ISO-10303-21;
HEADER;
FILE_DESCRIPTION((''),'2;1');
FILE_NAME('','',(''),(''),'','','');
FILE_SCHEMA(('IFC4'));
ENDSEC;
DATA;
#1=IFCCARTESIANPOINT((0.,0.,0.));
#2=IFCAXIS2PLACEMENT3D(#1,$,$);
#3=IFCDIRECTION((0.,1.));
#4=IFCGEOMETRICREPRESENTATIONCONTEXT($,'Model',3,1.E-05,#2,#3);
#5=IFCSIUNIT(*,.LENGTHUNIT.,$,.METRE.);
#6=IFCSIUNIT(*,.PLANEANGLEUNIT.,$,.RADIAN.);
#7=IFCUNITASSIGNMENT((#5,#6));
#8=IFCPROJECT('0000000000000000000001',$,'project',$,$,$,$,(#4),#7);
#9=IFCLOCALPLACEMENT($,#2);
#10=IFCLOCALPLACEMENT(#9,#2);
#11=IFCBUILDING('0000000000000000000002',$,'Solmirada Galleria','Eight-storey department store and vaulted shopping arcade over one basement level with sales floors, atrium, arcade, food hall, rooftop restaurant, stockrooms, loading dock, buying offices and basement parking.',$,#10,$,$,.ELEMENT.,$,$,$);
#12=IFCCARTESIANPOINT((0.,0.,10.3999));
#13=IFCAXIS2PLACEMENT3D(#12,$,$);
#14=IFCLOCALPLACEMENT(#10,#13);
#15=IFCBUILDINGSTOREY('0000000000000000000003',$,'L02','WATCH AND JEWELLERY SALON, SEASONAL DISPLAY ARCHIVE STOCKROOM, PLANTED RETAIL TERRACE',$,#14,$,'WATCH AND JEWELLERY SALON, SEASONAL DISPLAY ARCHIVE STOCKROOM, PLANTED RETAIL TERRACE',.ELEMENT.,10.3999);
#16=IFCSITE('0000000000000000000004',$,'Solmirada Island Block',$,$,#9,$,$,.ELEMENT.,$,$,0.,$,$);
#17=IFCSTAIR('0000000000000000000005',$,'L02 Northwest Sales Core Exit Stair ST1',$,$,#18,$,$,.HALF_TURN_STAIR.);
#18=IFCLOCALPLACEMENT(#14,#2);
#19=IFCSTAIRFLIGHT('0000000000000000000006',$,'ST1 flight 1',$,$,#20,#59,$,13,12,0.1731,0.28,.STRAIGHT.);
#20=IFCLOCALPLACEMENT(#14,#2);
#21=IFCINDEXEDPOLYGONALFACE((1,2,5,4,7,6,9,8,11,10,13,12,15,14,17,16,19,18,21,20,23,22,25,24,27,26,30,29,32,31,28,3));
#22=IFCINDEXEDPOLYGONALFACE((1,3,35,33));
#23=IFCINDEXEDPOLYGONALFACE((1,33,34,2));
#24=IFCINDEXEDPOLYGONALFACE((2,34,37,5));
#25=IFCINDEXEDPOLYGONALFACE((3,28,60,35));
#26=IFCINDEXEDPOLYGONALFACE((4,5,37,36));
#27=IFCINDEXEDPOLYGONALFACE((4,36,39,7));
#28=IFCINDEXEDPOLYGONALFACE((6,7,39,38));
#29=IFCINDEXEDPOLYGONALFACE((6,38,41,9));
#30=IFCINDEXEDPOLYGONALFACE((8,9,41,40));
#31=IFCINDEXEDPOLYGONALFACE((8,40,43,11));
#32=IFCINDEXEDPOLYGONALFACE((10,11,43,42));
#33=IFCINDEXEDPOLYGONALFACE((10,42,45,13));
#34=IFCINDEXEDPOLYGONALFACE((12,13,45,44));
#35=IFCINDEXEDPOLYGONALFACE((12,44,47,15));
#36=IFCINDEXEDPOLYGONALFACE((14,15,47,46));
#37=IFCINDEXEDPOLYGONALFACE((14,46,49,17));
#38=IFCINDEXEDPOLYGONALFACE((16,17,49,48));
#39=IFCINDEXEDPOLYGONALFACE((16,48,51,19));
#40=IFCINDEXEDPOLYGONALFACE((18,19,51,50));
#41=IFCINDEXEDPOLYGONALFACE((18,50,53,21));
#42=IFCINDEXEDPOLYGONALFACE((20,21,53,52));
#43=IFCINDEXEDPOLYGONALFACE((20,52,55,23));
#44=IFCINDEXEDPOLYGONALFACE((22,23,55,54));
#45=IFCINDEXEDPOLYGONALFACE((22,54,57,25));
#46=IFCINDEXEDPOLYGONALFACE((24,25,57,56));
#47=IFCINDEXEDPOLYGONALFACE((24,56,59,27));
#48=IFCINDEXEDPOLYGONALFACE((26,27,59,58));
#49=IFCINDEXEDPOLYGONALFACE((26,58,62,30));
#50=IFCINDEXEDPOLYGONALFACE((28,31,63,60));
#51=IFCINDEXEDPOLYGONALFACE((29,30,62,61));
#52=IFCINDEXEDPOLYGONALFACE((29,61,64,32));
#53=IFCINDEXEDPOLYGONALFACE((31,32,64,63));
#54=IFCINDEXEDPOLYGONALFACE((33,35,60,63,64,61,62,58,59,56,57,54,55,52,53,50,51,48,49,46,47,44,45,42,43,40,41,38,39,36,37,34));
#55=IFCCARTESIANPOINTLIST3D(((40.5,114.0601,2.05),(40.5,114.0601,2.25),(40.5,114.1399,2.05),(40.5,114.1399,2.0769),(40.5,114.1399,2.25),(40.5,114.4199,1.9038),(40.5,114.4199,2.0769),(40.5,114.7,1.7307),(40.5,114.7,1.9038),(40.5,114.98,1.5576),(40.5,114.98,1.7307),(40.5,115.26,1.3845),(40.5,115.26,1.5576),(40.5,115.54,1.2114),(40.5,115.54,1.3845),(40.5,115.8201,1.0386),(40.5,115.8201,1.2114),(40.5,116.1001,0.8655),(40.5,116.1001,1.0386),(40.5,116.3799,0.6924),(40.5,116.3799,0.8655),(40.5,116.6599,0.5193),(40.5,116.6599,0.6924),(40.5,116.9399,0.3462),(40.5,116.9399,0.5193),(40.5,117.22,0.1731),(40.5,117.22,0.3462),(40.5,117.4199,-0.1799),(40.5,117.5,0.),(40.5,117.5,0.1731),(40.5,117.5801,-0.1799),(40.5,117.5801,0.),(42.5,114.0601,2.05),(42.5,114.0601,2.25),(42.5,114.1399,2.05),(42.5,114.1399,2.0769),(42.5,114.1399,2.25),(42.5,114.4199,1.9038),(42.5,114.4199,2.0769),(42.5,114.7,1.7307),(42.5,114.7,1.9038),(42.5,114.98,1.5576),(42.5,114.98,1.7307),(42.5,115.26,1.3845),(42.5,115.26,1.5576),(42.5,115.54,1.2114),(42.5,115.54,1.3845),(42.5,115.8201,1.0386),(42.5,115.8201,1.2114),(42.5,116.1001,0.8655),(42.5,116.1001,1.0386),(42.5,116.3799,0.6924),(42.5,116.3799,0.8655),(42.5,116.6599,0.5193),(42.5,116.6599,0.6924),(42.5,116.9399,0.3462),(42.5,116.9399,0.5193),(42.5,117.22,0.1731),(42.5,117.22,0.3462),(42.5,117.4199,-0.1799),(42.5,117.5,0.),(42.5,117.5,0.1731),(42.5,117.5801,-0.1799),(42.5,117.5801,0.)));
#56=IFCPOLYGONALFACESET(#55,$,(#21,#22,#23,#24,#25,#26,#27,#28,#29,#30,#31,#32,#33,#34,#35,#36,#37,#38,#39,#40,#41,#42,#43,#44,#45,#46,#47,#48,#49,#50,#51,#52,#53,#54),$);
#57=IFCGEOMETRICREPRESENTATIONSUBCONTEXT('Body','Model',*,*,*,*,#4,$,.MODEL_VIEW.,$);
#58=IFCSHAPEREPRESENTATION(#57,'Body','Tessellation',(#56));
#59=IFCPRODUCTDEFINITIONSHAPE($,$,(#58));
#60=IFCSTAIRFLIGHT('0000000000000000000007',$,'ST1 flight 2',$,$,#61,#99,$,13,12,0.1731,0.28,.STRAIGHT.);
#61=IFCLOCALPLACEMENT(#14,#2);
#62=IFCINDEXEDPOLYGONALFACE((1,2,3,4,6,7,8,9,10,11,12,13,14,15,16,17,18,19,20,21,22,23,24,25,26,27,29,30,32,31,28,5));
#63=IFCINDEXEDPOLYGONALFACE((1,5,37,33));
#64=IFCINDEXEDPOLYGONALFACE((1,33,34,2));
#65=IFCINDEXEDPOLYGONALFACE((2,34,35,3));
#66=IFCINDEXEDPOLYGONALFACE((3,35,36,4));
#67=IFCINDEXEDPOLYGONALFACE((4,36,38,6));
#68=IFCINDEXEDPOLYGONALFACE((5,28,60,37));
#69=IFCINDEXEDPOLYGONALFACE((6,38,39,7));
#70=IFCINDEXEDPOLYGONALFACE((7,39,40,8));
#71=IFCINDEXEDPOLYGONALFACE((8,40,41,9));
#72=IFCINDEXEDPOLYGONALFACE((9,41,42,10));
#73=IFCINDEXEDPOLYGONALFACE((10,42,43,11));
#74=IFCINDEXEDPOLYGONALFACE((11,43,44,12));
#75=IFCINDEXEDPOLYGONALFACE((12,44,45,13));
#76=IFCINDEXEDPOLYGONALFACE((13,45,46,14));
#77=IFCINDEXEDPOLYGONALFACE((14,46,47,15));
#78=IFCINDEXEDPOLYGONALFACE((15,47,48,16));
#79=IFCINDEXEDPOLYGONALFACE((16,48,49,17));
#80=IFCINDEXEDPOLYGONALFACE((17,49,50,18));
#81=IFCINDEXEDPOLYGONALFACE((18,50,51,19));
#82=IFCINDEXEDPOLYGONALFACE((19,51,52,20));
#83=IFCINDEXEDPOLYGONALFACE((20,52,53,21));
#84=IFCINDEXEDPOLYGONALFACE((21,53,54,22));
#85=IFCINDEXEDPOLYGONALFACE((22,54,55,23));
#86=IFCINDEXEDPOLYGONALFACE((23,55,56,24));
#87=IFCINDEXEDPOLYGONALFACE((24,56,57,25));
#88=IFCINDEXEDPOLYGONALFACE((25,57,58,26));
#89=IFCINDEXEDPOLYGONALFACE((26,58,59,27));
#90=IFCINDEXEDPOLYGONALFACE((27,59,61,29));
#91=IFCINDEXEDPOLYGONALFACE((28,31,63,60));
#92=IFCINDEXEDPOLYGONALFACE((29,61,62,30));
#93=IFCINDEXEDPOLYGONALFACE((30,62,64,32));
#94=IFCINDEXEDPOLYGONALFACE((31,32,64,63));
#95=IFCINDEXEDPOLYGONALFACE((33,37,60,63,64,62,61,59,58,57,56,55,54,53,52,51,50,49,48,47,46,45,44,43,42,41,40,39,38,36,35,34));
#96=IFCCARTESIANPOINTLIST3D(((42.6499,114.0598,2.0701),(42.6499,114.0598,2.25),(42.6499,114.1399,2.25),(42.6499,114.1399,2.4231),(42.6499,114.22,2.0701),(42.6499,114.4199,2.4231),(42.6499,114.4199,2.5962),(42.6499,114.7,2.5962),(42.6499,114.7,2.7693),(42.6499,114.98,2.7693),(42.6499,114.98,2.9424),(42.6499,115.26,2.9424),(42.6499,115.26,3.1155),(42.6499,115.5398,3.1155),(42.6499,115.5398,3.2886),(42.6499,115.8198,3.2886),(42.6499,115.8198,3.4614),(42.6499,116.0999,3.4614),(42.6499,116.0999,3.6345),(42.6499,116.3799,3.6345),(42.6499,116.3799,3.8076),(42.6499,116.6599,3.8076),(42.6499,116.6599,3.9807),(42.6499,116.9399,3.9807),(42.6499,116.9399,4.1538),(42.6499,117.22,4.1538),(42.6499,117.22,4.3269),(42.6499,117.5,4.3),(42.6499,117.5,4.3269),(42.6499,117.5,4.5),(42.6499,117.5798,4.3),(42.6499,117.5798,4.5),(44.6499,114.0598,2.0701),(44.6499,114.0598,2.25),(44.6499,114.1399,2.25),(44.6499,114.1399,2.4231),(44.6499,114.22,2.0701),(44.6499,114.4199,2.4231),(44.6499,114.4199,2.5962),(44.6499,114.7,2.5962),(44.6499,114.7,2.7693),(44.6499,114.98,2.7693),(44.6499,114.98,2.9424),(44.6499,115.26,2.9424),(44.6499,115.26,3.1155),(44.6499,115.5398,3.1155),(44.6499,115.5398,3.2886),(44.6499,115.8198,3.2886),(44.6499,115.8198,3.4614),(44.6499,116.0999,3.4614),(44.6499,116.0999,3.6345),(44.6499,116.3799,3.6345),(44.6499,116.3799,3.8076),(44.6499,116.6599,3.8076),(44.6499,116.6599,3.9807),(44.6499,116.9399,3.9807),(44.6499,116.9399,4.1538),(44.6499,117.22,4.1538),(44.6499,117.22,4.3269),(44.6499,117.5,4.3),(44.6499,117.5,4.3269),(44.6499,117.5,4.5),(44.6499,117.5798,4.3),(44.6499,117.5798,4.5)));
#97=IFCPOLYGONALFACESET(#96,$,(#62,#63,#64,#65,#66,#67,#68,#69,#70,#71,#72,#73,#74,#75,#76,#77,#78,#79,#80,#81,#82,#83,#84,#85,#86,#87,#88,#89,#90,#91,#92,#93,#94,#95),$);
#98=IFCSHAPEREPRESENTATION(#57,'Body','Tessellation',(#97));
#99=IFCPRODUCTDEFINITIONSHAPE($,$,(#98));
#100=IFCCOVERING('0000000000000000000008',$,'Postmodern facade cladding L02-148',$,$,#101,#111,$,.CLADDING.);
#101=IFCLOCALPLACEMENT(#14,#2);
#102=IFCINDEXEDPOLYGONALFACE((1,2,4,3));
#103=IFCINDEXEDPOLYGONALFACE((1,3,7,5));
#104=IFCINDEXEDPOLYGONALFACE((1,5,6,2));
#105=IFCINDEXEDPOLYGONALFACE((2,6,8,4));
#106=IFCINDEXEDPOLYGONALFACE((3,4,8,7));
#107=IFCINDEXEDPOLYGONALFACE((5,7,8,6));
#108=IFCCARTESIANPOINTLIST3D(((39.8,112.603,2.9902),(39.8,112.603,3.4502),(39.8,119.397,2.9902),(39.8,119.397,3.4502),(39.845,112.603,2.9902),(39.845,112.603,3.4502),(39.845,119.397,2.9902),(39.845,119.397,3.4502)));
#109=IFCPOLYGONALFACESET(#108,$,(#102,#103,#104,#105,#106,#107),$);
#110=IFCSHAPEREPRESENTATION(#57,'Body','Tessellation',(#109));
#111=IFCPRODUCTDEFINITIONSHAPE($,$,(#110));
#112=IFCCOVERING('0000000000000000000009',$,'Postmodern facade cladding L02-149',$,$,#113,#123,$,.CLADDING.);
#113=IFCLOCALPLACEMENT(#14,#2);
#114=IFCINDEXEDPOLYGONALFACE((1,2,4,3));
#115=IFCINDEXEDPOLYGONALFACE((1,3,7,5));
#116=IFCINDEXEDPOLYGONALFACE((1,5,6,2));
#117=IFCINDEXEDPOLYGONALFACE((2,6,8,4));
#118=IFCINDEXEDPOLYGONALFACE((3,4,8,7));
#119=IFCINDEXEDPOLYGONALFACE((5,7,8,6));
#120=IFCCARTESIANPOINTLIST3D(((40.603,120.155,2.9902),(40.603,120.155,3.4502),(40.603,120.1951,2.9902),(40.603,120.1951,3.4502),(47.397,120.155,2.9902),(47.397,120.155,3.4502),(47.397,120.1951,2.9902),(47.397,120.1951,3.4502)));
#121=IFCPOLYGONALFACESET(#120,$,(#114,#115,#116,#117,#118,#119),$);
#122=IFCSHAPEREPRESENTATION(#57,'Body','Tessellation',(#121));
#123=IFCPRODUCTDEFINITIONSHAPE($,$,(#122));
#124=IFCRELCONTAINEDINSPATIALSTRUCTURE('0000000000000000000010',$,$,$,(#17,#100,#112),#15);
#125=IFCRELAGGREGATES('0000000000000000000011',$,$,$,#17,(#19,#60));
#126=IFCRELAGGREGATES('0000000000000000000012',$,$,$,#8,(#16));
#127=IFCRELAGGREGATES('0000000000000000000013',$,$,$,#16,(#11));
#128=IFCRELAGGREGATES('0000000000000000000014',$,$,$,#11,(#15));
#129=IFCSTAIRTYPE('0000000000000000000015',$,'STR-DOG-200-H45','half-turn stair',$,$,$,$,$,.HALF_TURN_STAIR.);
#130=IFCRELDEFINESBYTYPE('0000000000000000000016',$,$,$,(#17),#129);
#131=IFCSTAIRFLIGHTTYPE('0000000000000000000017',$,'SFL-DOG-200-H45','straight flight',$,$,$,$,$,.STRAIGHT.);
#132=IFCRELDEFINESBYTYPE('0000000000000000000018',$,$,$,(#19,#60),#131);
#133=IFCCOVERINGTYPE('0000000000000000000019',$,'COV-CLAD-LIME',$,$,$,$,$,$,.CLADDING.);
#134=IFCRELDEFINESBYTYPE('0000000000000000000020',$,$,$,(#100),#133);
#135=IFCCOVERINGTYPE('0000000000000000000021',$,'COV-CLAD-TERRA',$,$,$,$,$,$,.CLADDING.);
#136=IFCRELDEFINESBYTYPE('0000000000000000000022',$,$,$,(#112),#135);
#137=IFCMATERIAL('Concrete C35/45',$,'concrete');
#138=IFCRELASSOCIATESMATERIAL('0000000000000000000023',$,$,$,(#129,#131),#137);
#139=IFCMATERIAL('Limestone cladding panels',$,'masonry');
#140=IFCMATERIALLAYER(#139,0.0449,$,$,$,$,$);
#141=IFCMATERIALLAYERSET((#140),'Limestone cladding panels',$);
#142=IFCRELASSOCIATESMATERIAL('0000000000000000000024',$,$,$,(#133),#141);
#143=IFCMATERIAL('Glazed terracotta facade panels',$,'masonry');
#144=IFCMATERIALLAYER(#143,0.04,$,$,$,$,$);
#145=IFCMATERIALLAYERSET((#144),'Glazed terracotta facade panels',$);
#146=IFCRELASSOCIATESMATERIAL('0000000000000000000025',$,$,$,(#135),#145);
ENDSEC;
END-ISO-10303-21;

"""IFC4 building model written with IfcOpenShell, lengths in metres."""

from ifc_helpers import new_model, si_unit, direction, frame, origin, origin_2d, place, context, subcontext, project, spatial, polyline, rectangle, outline, extrude, material, layer, layer_set, type_object, element, aggregate, save


model = new_model("IFC4")

# Units and contexts
model_context = context("Model", 3, precision=1e-05, world=origin(), true_north=direction((0.0, 1.0)))
body_context = subcontext(model_context, "Body", "Model", "MODEL_VIEW")
ifc_project = project(units=[si_unit("LENGTHUNIT", "METRE"), si_unit("PLANEANGLEUNIT", "RADIAN")], contexts=[model_context])

# Site, building, storey
site_placement = place(None, origin())
site = spatial("IfcSite", under=ifc_project, at=site_placement, Name="Solmirada Island Block", CompositionType="ELEMENT", RefElevation=0.0)
building_placement = place(site_placement, origin())
building = spatial("IfcBuilding", under=site, at=building_placement, Name="Solmirada Galleria", Description="Eight-storey department store and vaulted shopping arcade over one basement level with sales floors, atrium, arcade, food hall, rooftop restaurant, stockrooms, loading dock, buying offices and basement parking.", CompositionType="ELEMENT")
storey_placement = place(building_placement, frame((0.0, 0.0, 10.3999)))
storey = spatial("IfcBuildingStorey", under=building, at=storey_placement, Name="L02", Description="WATCH AND JEWELLERY SALON, SEASONAL DISPLAY ARCHIVE STOCKROOM, PLANTED RETAIL TERRACE", LongName="WATCH AND JEWELLERY SALON, SEASONAL DISPLAY ARCHIVE STOCKROOM, PLANTED RETAIL TERRACE", CompositionType="ELEMENT", Elevation=10.3999)

# Stair, stair flights
ifc_material_1 = material(Name="Concrete C35/45", Category="concrete")
stair_type = type_object("IfcStairType", Name="STR-DOG-200-H45", Description="half-turn stair", PredefinedType="HALF_TURN_STAIR", material=ifc_material_1)
stair_placement = place(storey_placement, origin())
stair = element("IfcStair", 1, at=stair_placement, inside=storey, type_object=stair_type, Name="L02 Northwest Sales Core Exit Stair ST1", PredefinedType="HALF_TURN_STAIR")
stair_flight_type = type_object("IfcStairFlightType", Name="SFL-DOG-200-H45", Description="straight flight", PredefinedType="STRAIGHT", material=ifc_material_1)
stair_flight_1_placement = place(storey_placement, frame((41.5, 117.5, 0.0), z_axis=(0.0, 0.0, 1.0), x_axis=(0.0, -1.0, 0.0)))
stair_flight_1 = element("IfcStairFlight", 2, at=stair_flight_1_placement, type_object=stair_flight_type, Name="ST1 flight 1", NumberOfRisers=13, NumberOfTreads=12, PredefinedType="STRAIGHT", RiserHeight=0.1731, TreadLength=0.28, context=body_context, shape_type="SweptSolid", body=[
    extrude(outline(polyline([(-0.0801, 0.0), (0.0, 0.0), (0.0, 0.1731), (0.28, 0.1731), (0.28, 0.3462), (0.5601, 0.3462), (0.5601, 0.5193), (0.8401, 0.5193), (0.8401, 0.6924), (1.1201, 0.6924), (1.1201, 0.8655), (1.3999, 0.8655), (1.3999, 1.0386), (1.6799, 1.0386), (1.6799, 1.2114), (1.96, 1.2114), (1.96, 1.3845), (2.24, 1.3845), (2.24, 1.5576), (2.52, 1.5576), (2.52, 1.7307), (2.8, 1.7307), (2.8, 1.9038), (3.0801, 1.9038), (3.0801, 2.0769), (3.3601, 2.0769), (3.3601, 2.25), (3.4399, 2.25), (3.4399, 2.05), (3.3601, 2.05), (0.0801, -0.1799), (-0.0801, -0.1799), (-0.0801, 0.0)])), frame((0.0, 1.0, 0.0), z_axis=(0.0, -1.0, 0.0), x_axis=(1.0, 0.0, 0.0)), (0.0, 0.0, 1.0), 2.0),
])
stair_flight_2_placement = place(storey_placement, frame((43.6499, 114.1399, 2.25), z_axis=(0.0, 0.0, 1.0), x_axis=(0.0, 1.0, 0.0)))
stair_flight_2 = element("IfcStairFlight", 3, at=stair_flight_2_placement, type_object=stair_flight_type, Name="ST1 flight 2", NumberOfRisers=13, NumberOfTreads=12, PredefinedType="STRAIGHT", RiserHeight=0.1731, TreadLength=0.28, context=body_context, shape_type="SweptSolid", body=[
    extrude(outline(polyline([(-0.0801, 0.0), (0.0, 0.0), (0.0, 0.1731), (0.28, 0.1731), (0.28, 0.3462), (0.5601, 0.3462), (0.5601, 0.5193), (0.8401, 0.5193), (0.8401, 0.6924), (1.1201, 0.6924), (1.1201, 0.8655), (1.3999, 0.8655), (1.3999, 1.0386), (1.6799, 1.0386), (1.6799, 1.2114), (1.96, 1.2114), (1.96, 1.3845), (2.24, 1.3845), (2.24, 1.5576), (2.52, 1.5576), (2.52, 1.7307), (2.8, 1.7307), (2.8, 1.9038), (3.0801, 1.9038), (3.0801, 2.0769), (3.3601, 2.0769), (3.3601, 2.25), (3.4399, 2.25), (3.4399, 2.05), (3.3601, 2.05), (0.0801, -0.1799), (-0.0801, -0.1799), (-0.0801, 0.0)])), frame((0.0, 1.0, 0.0), z_axis=(0.0, -1.0, 0.0), x_axis=(1.0, 0.0, 0.0)), (0.0, 0.0, 1.0), 2.0),
])
aggregate(stair, [stair_flight_1, stair_flight_2])

# Coverings
ifc_material_2 = material(Name="Limestone cladding panels", Category="masonry")
ifc_layer_1 = layer(ifc_material_2, 0.0449)
ifc_layer_set_1 = layer_set([ifc_layer_1], Name="Limestone cladding panels")
covering_type_1 = type_object("IfcCoveringType", Name="COV-CLAD-LIME", PredefinedType="CLADDING", material=ifc_layer_set_1)
covering_1_placement = place(storey_placement, frame((39.8225, 116.0, 2.9902), z_axis=(0.0, 0.0, 1.0), x_axis=(0.0, 1.0, 0.0)))
element("IfcCovering", 4, at=covering_1_placement, inside=storey, type_object=covering_type_1, Name="Postmodern facade cladding L02-148", PredefinedType="CLADDING", context=body_context, shape_type="SweptSolid", body=[
    extrude(rectangle(XDim=6.7939, YDim=0.0449, at=origin_2d()), origin(), (0.0, 0.0, 1.0), 0.46),
])
ifc_material_3 = material(Name="Glazed terracotta facade panels", Category="masonry")
ifc_layer_2 = layer(ifc_material_3, 0.04)
ifc_layer_set_2 = layer_set([ifc_layer_2], Name="Glazed terracotta facade panels")
covering_type_2 = type_object("IfcCoveringType", Name="COV-CLAD-TERRA", PredefinedType="CLADDING", material=ifc_layer_set_2)
covering_2_placement = place(storey_placement, frame((44.0, 120.175, 2.9902), z_axis=(0.0, 0.0, 1.0), x_axis=(1.0, 0.0, 0.0)))
element("IfcCovering", 5, at=covering_2_placement, inside=storey, type_object=covering_type_2, Name="Postmodern facade cladding L02-149", PredefinedType="CLADDING", context=body_context, shape_type="SweptSolid", body=[
    extrude(rectangle(XDim=6.7939, YDim=0.04, at=origin_2d()), origin(), (0.0, 0.0, 1.0), 0.46),
])

save(model, "model.ifc")
